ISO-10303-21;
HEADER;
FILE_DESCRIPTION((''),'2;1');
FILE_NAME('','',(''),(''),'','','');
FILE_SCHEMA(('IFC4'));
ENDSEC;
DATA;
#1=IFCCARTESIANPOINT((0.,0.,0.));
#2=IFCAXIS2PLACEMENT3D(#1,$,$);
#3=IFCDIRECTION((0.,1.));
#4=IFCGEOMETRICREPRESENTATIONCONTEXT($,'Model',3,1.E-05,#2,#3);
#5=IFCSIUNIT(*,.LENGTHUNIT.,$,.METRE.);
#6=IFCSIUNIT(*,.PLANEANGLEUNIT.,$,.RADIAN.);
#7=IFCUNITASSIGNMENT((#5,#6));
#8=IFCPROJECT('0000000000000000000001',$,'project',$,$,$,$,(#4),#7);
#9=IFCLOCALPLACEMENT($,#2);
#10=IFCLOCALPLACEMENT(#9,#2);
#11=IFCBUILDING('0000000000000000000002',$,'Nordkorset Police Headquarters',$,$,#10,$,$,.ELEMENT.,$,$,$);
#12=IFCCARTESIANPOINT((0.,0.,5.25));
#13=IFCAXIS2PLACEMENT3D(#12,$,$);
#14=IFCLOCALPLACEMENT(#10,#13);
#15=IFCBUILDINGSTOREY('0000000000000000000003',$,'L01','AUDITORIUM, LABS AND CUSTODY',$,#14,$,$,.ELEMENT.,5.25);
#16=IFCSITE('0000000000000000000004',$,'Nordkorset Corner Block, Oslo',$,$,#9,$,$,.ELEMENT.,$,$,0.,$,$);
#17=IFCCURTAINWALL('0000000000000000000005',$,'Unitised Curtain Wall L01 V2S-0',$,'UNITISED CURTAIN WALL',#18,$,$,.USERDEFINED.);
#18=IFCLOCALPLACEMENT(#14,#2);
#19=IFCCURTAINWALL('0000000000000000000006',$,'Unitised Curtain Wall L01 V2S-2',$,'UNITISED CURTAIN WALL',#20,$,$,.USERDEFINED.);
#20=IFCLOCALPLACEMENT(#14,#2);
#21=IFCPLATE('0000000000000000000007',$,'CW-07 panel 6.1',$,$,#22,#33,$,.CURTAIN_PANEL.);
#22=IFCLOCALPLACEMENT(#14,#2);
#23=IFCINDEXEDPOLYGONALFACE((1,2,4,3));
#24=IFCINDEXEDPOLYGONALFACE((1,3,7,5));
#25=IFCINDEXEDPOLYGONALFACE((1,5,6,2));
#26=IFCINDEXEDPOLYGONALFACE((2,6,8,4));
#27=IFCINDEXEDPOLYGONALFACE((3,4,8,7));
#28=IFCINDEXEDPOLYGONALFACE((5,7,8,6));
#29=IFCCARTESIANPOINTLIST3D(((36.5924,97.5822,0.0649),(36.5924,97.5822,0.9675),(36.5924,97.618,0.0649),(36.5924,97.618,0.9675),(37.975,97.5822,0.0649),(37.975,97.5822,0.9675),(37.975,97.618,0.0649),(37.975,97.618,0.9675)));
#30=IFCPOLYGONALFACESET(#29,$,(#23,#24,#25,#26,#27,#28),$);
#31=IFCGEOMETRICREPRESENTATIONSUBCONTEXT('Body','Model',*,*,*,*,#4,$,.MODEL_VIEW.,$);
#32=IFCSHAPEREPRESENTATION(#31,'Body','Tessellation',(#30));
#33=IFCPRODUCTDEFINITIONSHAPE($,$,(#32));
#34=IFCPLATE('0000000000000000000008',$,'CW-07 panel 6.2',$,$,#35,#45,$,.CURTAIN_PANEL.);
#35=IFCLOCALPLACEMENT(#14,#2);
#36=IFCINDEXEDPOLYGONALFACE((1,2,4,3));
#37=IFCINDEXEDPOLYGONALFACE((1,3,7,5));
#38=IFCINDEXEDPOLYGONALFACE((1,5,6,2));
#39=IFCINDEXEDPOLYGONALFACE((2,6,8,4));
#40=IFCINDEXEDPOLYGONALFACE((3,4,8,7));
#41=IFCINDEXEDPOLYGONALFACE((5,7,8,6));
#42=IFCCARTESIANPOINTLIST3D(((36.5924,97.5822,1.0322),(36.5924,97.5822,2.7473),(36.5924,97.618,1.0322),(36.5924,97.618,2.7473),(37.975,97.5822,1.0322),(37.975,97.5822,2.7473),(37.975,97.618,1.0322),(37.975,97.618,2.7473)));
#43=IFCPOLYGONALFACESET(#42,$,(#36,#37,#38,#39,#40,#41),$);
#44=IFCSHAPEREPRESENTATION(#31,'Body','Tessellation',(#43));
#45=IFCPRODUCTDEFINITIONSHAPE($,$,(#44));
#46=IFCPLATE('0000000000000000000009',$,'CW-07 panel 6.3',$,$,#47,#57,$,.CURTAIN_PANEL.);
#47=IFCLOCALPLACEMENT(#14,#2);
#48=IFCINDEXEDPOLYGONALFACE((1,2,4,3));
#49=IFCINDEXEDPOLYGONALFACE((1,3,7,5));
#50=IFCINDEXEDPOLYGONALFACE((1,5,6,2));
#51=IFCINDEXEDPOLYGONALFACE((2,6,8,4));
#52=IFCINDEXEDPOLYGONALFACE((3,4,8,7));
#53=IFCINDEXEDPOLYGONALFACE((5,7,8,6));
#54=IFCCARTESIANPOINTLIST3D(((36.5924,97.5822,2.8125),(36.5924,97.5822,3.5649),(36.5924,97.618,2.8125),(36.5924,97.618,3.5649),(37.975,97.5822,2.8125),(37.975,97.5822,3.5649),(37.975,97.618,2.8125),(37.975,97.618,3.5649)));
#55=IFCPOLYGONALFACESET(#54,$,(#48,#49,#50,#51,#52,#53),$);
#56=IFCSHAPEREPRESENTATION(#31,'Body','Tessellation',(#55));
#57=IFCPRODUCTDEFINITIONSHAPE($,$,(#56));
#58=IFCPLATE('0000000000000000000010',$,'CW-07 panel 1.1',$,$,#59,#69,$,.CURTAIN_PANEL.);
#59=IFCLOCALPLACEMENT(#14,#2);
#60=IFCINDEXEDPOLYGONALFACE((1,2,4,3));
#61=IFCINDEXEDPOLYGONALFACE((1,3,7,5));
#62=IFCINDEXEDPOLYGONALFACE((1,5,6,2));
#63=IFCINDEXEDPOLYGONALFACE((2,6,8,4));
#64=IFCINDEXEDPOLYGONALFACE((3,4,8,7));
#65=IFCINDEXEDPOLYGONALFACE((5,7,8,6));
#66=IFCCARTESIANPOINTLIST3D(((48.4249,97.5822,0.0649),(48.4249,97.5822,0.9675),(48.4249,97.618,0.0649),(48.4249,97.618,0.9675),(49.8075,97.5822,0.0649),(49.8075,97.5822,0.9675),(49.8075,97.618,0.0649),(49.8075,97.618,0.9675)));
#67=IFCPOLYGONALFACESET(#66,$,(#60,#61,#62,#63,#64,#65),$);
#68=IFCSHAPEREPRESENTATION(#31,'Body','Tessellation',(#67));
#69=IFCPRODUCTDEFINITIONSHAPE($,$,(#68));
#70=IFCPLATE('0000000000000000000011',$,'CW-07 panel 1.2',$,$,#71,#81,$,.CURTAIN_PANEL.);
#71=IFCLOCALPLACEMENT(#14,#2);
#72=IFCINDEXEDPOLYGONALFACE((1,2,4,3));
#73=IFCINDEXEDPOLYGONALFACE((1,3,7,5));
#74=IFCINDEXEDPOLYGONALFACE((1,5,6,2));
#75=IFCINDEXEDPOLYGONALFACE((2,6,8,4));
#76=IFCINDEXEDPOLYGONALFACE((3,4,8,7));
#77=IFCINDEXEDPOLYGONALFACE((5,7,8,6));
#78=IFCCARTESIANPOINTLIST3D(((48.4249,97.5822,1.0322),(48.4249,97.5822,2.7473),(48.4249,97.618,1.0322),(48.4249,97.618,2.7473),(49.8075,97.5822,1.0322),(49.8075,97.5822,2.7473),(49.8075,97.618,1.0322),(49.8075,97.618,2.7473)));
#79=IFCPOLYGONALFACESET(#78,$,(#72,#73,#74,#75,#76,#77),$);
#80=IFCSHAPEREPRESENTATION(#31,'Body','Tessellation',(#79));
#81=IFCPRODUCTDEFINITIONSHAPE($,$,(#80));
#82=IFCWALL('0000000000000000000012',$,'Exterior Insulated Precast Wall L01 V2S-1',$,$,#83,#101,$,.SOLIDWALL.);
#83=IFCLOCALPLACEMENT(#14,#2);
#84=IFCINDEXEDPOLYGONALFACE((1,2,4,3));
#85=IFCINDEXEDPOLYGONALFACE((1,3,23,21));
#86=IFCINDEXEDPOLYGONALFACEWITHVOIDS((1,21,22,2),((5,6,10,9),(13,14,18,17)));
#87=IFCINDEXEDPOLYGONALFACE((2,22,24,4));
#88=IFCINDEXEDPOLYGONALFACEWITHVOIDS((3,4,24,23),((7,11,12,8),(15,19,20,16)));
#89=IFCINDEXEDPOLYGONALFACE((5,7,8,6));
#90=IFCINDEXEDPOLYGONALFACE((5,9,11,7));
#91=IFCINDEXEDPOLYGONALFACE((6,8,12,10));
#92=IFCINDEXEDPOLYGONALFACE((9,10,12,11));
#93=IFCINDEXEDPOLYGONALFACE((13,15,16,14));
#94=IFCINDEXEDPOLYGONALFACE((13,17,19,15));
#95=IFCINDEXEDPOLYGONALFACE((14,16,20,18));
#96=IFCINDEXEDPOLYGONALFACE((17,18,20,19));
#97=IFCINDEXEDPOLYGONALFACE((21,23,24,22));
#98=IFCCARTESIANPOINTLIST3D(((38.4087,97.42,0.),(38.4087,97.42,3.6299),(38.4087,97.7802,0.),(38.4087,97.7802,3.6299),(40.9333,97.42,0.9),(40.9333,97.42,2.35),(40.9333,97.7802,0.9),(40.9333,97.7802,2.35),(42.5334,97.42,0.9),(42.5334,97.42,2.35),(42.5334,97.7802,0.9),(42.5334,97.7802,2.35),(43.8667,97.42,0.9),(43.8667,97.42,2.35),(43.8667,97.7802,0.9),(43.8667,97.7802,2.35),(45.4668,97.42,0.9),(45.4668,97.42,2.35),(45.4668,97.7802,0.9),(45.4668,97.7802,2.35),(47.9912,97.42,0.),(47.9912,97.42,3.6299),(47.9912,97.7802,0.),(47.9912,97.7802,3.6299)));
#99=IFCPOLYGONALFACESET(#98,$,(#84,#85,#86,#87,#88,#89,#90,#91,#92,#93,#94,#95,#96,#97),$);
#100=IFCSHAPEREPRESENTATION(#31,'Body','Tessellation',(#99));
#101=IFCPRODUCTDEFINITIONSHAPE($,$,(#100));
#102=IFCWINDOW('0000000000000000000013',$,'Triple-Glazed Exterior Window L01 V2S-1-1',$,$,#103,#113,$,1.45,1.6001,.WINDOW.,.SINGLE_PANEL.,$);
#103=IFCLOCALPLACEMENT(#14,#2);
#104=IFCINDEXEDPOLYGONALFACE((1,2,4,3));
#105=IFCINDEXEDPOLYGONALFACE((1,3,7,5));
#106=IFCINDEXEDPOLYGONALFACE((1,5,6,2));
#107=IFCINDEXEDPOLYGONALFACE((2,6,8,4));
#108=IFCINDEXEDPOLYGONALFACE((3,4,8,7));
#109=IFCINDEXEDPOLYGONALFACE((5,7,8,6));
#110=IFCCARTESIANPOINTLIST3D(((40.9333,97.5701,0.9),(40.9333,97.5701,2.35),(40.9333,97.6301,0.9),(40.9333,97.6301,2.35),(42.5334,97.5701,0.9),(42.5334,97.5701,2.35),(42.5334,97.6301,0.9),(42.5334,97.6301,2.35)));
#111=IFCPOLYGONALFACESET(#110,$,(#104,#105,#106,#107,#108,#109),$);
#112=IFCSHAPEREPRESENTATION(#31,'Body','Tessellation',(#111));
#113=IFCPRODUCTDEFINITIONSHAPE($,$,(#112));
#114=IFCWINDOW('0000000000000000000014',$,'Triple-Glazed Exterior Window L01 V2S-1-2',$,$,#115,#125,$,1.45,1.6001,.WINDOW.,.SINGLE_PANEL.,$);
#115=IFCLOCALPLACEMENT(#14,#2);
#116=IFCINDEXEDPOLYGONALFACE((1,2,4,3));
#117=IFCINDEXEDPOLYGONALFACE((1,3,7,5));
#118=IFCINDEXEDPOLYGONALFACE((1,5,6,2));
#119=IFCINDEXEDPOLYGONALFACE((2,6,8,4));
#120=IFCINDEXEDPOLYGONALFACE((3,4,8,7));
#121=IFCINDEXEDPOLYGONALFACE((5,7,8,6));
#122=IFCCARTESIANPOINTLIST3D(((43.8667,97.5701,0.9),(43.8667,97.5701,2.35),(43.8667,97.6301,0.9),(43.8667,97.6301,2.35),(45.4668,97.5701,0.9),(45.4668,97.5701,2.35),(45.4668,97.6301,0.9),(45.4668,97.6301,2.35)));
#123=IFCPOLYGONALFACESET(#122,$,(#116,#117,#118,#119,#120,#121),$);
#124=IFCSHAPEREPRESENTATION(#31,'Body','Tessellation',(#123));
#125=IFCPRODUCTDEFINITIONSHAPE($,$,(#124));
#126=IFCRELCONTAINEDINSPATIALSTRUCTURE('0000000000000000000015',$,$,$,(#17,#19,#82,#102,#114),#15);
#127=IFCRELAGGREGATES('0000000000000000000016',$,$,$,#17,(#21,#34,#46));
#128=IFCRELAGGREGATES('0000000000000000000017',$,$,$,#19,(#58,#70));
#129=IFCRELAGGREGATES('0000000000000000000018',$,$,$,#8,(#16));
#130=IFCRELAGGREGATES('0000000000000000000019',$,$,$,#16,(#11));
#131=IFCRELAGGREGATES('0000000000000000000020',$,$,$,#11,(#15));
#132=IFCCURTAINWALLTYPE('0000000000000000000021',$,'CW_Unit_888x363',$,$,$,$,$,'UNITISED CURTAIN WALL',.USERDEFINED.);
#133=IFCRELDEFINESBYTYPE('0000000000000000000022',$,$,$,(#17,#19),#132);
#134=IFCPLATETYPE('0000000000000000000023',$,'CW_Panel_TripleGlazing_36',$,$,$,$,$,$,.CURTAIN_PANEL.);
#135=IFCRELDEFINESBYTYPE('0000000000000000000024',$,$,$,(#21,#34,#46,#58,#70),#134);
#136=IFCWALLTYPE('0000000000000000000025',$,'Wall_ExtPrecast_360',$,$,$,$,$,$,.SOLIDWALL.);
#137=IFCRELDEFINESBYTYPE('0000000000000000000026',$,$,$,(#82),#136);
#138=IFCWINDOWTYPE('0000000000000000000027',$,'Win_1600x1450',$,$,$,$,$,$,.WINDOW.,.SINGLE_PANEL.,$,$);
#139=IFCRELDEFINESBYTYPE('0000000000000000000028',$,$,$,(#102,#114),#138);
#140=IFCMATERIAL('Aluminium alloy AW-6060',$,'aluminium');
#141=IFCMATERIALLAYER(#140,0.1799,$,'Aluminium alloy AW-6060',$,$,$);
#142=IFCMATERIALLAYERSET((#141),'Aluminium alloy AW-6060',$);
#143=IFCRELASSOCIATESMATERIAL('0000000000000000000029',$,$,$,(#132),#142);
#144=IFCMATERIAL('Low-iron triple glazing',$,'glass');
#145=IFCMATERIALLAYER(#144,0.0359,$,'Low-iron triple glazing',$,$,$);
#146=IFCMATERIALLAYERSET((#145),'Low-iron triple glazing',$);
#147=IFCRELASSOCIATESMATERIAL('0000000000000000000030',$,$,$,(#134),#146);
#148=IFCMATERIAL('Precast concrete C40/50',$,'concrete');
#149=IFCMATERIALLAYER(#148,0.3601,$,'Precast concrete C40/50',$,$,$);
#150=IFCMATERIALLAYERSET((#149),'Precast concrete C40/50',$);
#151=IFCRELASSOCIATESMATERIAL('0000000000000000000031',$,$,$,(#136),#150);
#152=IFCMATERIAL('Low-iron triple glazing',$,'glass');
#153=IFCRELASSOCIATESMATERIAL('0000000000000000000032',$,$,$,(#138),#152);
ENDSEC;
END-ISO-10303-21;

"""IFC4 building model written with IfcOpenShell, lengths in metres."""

from ifc_helpers import new_model, si_unit, direction, frame, frame_2d, origin, origin_2d, place, context, subcontext, project, spatial, rectangle, extrude, material, layer, layer_set, type_object, element, fill, aggregate, save


model = new_model("IFC4")

# Units and contexts
model_context = context("Model", 3, precision=1e-05, world=origin(), true_north=direction((0.0, 1.0)))
body_context = subcontext(model_context, "Body", "Model", "MODEL_VIEW")
ifc_project = project(units=[si_unit("LENGTHUNIT", "METRE"), si_unit("PLANEANGLEUNIT", "RADIAN")], contexts=[model_context])

# Site, building, storey
site_placement = place(None, origin())
site = spatial("IfcSite", under=ifc_project, at=site_placement, Name="Nordkorset Corner Block, Oslo", CompositionType="ELEMENT", RefElevation=0.0)
building_placement = place(site_placement, origin())
building = spatial("IfcBuilding", under=site, at=building_placement, Name="Nordkorset Police Headquarters", CompositionType="ELEMENT")
storey_placement = place(building_placement, frame((0.0, 0.0, 5.25)))
storey = spatial("IfcBuildingStorey", under=building, at=storey_placement, Name="L01", Description="AUDITORIUM, LABS AND CUSTODY", CompositionType="ELEMENT", Elevation=5.25)

# Curtain wall
ifc_material_1 = material(Name="Aluminium alloy AW-6060", Category="aluminium")
ifc_layer_1 = layer(ifc_material_1, 0.1799, Name="Aluminium alloy AW-6060")
ifc_layer_set_1 = layer_set([ifc_layer_1], Name="Aluminium alloy AW-6060")
curtain_wall_type = type_object("IfcCurtainWallType", Name="CW_Unit_888x363", ElementType="UNITISED CURTAIN WALL", PredefinedType="USERDEFINED", material=ifc_layer_set_1)
curtain_wall_1_placement = place(storey_placement, origin())
curtain_wall_1 = element("IfcCurtainWall", 1, at=curtain_wall_1_placement, inside=storey, type_object=curtain_wall_type, Name="Unitised Curtain Wall L01 V2S-0", ObjectType="UNITISED CURTAIN WALL", PredefinedType="USERDEFINED")

# Curtain wall
curtain_wall_2_placement = place(storey_placement, origin())
curtain_wall_2 = element("IfcCurtainWall", 2, at=curtain_wall_2_placement, inside=storey, type_object=curtain_wall_type, Name="Unitised Curtain Wall L01 V2S-2", ObjectType="UNITISED CURTAIN WALL", PredefinedType="USERDEFINED")

# Plates
ifc_material_2 = material(Name="Low-iron triple glazing", Category="glass")
ifc_layer_2 = layer(ifc_material_2, 0.0359, Name="Low-iron triple glazing")
ifc_layer_set_2 = layer_set([ifc_layer_2], Name="Low-iron triple glazing")
plate_type = type_object("IfcPlateType", Name="CW_Panel_TripleGlazing_36", PredefinedType="CURTAIN_PANEL", material=ifc_layer_set_2)
plate_1_placement = place(storey_placement, frame((37.2837, 97.6001, 0.0649), z_axis=(0.0, 0.0, 1.0), x_axis=(1.0, 0.0, 0.0)))
plate_1 = element("IfcPlate", 3, at=plate_1_placement, type_object=plate_type, Name="CW-07 panel 6.1", PredefinedType="CURTAIN_PANEL", context=body_context, shape_type="SweptSolid", body=[
    extrude(rectangle(XDim=1.3826, YDim=0.0359, at=origin_2d()), origin(), (0.0, 0.0, 1.0), 0.9026),
])
plate_2_placement = place(storey_placement, frame((37.2837, 97.6001, 1.0322), z_axis=(0.0, 0.0, 1.0), x_axis=(1.0, 0.0, 0.0)))
plate_2 = element("IfcPlate", 4, at=plate_2_placement, type_object=plate_type, Name="CW-07 panel 6.2", PredefinedType="CURTAIN_PANEL", context=body_context, shape_type="SweptSolid", body=[
    extrude(rectangle(XDim=1.3826, YDim=0.0359, at=origin_2d()), origin(), (0.0, 0.0, 1.0), 1.7151),
])
plate_3_placement = place(storey_placement, frame((37.2837, 97.6001, 2.8125), z_axis=(0.0, 0.0, 1.0), x_axis=(1.0, 0.0, 0.0)))
plate_3 = element("IfcPlate", 5, at=plate_3_placement, type_object=plate_type, Name="CW-07 panel 6.3", PredefinedType="CURTAIN_PANEL", context=body_context, shape_type="SweptSolid", body=[
    extrude(rectangle(XDim=1.3826, YDim=0.0359, at=origin_2d()), origin(), (0.0, 0.0, 1.0), 0.7524),
])
aggregate(curtain_wall_1, [plate_1, plate_2, plate_3])
plate_4_placement = place(storey_placement, frame((49.1162, 97.6001, 0.0649), z_axis=(0.0, 0.0, 1.0), x_axis=(1.0, 0.0, 0.0)))
plate_4 = element("IfcPlate", 6, at=plate_4_placement, type_object=plate_type, Name="CW-07 panel 1.1", PredefinedType="CURTAIN_PANEL", context=body_context, shape_type="SweptSolid", body=[
    extrude(rectangle(XDim=1.3826, YDim=0.0359, at=origin_2d()), origin(), (0.0, 0.0, 1.0), 0.9026),
])
plate_5_placement = place(storey_placement, frame((49.1162, 97.6001, 1.0322), z_axis=(0.0, 0.0, 1.0), x_axis=(1.0, 0.0, 0.0)))
plate_5 = element("IfcPlate", 7, at=plate_5_placement, type_object=plate_type, Name="CW-07 panel 1.2", PredefinedType="CURTAIN_PANEL", context=body_context, shape_type="SweptSolid", body=[
    extrude(rectangle(XDim=1.3826, YDim=0.0359, at=origin_2d()), origin(), (0.0, 0.0, 1.0), 1.7151),
])
aggregate(curtain_wall_2, [plate_4, plate_5])

# Wall, openings, windows
ifc_material_3 = material(Name="Precast concrete C40/50", Category="concrete")
ifc_layer_3 = layer(ifc_material_3, 0.3601, Name="Precast concrete C40/50")
ifc_layer_set_3 = layer_set([ifc_layer_3], Name="Precast concrete C40/50")
wall_type = type_object("IfcWallType", Name="Wall_ExtPrecast_360", PredefinedType="SOLIDWALL", material=ifc_layer_set_3)
wall_placement = place(storey_placement, frame((38.4087, 97.6001, 0.0), z_axis=(0.0, 0.0, 1.0), x_axis=(1.0, 0.0, 0.0)))
wall = element("IfcWall", 8, at=wall_placement, inside=storey, type_object=wall_type, Name="Exterior Insulated Precast Wall L01 V2S-1", PredefinedType="SOLIDWALL", context=body_context, shape_type="SweptSolid", body=[
    extrude(rectangle(XDim=9.5825, YDim=0.3601, at=frame_2d((4.7913, 0.0))), origin(), (0.0, 0.0, 1.0), 3.6299),
])
opening_1_placement = place(wall_placement, frame((2.5247, 0.0, 0.8999)))
opening_1 = element("IfcOpeningElement", 9, at=opening_1_placement, cuts=wall, PredefinedType="OPENING", context=body_context, shape_type="SweptSolid", body=[
    extrude(rectangle(XDim=1.6001, YDim=1.45, at=frame_2d((0.8, 0.7251))), frame((0.0, 0.1899, 0.0), z_axis=(0.0, -1.0, 0.0), x_axis=(1.0, 0.0, 0.0)), (0.0, 0.0, 1.0), 0.3801),
])
opening_2_placement = place(wall_placement, frame((5.458, 0.0, 0.8999)))
opening_2 = element("IfcOpeningElement", 10, at=opening_2_placement, cuts=wall, PredefinedType="OPENING", context=body_context, shape_type="SweptSolid", body=[
    extrude(rectangle(XDim=1.6001, YDim=1.45, at=frame_2d((0.8, 0.7251))), frame((0.0, 0.1899, 0.0), z_axis=(0.0, -1.0, 0.0), x_axis=(1.0, 0.0, 0.0)), (0.0, 0.0, 1.0), 0.3801),
])
ifc_material_4 = material(Name="Low-iron triple glazing", Category="glass")
window_type = type_object("IfcWindowType", Name="Win_1600x1450", PartitioningType="SINGLE_PANEL", PredefinedType="WINDOW", material=ifc_material_4)
window_1_placement = place(opening_1_placement, origin())
window_1 = element("IfcWindow", 11, at=window_1_placement, inside=storey, type_object=window_type, Name="Triple-Glazed Exterior Window L01 V2S-1-1", OverallHeight=1.45, OverallWidth=1.6001, PartitioningType="SINGLE_PANEL", PredefinedType="WINDOW", context=body_context, shape_type="SweptSolid", body=[
    extrude(rectangle(XDim=1.6001, YDim=1.45, at=frame_2d((0.8, 0.7251))), frame((0.0, 0.03, 0.0), z_axis=(0.0, -1.0, 0.0), x_axis=(1.0, 0.0, 0.0)), (0.0, 0.0, 1.0), 0.0601),
])
fill(opening_1, window_1)
window_2_placement = place(opening_2_placement, origin())
window_2 = element("IfcWindow", 12, at=window_2_placement, inside=storey, type_object=window_type, Name="Triple-Glazed Exterior Window L01 V2S-1-2", OverallHeight=1.45, OverallWidth=1.6001, PartitioningType="SINGLE_PANEL", PredefinedType="WINDOW", context=body_context, shape_type="SweptSolid", body=[
    extrude(rectangle(XDim=1.6001, YDim=1.45, at=frame_2d((0.8, 0.7251))), frame((0.0, 0.03, 0.0), z_axis=(0.0, -1.0, 0.0), x_axis=(1.0, 0.0, 0.0)), (0.0, 0.0, 1.0), 0.0601),
])
fill(opening_2, window_2)

save(model, "model.ifc")
